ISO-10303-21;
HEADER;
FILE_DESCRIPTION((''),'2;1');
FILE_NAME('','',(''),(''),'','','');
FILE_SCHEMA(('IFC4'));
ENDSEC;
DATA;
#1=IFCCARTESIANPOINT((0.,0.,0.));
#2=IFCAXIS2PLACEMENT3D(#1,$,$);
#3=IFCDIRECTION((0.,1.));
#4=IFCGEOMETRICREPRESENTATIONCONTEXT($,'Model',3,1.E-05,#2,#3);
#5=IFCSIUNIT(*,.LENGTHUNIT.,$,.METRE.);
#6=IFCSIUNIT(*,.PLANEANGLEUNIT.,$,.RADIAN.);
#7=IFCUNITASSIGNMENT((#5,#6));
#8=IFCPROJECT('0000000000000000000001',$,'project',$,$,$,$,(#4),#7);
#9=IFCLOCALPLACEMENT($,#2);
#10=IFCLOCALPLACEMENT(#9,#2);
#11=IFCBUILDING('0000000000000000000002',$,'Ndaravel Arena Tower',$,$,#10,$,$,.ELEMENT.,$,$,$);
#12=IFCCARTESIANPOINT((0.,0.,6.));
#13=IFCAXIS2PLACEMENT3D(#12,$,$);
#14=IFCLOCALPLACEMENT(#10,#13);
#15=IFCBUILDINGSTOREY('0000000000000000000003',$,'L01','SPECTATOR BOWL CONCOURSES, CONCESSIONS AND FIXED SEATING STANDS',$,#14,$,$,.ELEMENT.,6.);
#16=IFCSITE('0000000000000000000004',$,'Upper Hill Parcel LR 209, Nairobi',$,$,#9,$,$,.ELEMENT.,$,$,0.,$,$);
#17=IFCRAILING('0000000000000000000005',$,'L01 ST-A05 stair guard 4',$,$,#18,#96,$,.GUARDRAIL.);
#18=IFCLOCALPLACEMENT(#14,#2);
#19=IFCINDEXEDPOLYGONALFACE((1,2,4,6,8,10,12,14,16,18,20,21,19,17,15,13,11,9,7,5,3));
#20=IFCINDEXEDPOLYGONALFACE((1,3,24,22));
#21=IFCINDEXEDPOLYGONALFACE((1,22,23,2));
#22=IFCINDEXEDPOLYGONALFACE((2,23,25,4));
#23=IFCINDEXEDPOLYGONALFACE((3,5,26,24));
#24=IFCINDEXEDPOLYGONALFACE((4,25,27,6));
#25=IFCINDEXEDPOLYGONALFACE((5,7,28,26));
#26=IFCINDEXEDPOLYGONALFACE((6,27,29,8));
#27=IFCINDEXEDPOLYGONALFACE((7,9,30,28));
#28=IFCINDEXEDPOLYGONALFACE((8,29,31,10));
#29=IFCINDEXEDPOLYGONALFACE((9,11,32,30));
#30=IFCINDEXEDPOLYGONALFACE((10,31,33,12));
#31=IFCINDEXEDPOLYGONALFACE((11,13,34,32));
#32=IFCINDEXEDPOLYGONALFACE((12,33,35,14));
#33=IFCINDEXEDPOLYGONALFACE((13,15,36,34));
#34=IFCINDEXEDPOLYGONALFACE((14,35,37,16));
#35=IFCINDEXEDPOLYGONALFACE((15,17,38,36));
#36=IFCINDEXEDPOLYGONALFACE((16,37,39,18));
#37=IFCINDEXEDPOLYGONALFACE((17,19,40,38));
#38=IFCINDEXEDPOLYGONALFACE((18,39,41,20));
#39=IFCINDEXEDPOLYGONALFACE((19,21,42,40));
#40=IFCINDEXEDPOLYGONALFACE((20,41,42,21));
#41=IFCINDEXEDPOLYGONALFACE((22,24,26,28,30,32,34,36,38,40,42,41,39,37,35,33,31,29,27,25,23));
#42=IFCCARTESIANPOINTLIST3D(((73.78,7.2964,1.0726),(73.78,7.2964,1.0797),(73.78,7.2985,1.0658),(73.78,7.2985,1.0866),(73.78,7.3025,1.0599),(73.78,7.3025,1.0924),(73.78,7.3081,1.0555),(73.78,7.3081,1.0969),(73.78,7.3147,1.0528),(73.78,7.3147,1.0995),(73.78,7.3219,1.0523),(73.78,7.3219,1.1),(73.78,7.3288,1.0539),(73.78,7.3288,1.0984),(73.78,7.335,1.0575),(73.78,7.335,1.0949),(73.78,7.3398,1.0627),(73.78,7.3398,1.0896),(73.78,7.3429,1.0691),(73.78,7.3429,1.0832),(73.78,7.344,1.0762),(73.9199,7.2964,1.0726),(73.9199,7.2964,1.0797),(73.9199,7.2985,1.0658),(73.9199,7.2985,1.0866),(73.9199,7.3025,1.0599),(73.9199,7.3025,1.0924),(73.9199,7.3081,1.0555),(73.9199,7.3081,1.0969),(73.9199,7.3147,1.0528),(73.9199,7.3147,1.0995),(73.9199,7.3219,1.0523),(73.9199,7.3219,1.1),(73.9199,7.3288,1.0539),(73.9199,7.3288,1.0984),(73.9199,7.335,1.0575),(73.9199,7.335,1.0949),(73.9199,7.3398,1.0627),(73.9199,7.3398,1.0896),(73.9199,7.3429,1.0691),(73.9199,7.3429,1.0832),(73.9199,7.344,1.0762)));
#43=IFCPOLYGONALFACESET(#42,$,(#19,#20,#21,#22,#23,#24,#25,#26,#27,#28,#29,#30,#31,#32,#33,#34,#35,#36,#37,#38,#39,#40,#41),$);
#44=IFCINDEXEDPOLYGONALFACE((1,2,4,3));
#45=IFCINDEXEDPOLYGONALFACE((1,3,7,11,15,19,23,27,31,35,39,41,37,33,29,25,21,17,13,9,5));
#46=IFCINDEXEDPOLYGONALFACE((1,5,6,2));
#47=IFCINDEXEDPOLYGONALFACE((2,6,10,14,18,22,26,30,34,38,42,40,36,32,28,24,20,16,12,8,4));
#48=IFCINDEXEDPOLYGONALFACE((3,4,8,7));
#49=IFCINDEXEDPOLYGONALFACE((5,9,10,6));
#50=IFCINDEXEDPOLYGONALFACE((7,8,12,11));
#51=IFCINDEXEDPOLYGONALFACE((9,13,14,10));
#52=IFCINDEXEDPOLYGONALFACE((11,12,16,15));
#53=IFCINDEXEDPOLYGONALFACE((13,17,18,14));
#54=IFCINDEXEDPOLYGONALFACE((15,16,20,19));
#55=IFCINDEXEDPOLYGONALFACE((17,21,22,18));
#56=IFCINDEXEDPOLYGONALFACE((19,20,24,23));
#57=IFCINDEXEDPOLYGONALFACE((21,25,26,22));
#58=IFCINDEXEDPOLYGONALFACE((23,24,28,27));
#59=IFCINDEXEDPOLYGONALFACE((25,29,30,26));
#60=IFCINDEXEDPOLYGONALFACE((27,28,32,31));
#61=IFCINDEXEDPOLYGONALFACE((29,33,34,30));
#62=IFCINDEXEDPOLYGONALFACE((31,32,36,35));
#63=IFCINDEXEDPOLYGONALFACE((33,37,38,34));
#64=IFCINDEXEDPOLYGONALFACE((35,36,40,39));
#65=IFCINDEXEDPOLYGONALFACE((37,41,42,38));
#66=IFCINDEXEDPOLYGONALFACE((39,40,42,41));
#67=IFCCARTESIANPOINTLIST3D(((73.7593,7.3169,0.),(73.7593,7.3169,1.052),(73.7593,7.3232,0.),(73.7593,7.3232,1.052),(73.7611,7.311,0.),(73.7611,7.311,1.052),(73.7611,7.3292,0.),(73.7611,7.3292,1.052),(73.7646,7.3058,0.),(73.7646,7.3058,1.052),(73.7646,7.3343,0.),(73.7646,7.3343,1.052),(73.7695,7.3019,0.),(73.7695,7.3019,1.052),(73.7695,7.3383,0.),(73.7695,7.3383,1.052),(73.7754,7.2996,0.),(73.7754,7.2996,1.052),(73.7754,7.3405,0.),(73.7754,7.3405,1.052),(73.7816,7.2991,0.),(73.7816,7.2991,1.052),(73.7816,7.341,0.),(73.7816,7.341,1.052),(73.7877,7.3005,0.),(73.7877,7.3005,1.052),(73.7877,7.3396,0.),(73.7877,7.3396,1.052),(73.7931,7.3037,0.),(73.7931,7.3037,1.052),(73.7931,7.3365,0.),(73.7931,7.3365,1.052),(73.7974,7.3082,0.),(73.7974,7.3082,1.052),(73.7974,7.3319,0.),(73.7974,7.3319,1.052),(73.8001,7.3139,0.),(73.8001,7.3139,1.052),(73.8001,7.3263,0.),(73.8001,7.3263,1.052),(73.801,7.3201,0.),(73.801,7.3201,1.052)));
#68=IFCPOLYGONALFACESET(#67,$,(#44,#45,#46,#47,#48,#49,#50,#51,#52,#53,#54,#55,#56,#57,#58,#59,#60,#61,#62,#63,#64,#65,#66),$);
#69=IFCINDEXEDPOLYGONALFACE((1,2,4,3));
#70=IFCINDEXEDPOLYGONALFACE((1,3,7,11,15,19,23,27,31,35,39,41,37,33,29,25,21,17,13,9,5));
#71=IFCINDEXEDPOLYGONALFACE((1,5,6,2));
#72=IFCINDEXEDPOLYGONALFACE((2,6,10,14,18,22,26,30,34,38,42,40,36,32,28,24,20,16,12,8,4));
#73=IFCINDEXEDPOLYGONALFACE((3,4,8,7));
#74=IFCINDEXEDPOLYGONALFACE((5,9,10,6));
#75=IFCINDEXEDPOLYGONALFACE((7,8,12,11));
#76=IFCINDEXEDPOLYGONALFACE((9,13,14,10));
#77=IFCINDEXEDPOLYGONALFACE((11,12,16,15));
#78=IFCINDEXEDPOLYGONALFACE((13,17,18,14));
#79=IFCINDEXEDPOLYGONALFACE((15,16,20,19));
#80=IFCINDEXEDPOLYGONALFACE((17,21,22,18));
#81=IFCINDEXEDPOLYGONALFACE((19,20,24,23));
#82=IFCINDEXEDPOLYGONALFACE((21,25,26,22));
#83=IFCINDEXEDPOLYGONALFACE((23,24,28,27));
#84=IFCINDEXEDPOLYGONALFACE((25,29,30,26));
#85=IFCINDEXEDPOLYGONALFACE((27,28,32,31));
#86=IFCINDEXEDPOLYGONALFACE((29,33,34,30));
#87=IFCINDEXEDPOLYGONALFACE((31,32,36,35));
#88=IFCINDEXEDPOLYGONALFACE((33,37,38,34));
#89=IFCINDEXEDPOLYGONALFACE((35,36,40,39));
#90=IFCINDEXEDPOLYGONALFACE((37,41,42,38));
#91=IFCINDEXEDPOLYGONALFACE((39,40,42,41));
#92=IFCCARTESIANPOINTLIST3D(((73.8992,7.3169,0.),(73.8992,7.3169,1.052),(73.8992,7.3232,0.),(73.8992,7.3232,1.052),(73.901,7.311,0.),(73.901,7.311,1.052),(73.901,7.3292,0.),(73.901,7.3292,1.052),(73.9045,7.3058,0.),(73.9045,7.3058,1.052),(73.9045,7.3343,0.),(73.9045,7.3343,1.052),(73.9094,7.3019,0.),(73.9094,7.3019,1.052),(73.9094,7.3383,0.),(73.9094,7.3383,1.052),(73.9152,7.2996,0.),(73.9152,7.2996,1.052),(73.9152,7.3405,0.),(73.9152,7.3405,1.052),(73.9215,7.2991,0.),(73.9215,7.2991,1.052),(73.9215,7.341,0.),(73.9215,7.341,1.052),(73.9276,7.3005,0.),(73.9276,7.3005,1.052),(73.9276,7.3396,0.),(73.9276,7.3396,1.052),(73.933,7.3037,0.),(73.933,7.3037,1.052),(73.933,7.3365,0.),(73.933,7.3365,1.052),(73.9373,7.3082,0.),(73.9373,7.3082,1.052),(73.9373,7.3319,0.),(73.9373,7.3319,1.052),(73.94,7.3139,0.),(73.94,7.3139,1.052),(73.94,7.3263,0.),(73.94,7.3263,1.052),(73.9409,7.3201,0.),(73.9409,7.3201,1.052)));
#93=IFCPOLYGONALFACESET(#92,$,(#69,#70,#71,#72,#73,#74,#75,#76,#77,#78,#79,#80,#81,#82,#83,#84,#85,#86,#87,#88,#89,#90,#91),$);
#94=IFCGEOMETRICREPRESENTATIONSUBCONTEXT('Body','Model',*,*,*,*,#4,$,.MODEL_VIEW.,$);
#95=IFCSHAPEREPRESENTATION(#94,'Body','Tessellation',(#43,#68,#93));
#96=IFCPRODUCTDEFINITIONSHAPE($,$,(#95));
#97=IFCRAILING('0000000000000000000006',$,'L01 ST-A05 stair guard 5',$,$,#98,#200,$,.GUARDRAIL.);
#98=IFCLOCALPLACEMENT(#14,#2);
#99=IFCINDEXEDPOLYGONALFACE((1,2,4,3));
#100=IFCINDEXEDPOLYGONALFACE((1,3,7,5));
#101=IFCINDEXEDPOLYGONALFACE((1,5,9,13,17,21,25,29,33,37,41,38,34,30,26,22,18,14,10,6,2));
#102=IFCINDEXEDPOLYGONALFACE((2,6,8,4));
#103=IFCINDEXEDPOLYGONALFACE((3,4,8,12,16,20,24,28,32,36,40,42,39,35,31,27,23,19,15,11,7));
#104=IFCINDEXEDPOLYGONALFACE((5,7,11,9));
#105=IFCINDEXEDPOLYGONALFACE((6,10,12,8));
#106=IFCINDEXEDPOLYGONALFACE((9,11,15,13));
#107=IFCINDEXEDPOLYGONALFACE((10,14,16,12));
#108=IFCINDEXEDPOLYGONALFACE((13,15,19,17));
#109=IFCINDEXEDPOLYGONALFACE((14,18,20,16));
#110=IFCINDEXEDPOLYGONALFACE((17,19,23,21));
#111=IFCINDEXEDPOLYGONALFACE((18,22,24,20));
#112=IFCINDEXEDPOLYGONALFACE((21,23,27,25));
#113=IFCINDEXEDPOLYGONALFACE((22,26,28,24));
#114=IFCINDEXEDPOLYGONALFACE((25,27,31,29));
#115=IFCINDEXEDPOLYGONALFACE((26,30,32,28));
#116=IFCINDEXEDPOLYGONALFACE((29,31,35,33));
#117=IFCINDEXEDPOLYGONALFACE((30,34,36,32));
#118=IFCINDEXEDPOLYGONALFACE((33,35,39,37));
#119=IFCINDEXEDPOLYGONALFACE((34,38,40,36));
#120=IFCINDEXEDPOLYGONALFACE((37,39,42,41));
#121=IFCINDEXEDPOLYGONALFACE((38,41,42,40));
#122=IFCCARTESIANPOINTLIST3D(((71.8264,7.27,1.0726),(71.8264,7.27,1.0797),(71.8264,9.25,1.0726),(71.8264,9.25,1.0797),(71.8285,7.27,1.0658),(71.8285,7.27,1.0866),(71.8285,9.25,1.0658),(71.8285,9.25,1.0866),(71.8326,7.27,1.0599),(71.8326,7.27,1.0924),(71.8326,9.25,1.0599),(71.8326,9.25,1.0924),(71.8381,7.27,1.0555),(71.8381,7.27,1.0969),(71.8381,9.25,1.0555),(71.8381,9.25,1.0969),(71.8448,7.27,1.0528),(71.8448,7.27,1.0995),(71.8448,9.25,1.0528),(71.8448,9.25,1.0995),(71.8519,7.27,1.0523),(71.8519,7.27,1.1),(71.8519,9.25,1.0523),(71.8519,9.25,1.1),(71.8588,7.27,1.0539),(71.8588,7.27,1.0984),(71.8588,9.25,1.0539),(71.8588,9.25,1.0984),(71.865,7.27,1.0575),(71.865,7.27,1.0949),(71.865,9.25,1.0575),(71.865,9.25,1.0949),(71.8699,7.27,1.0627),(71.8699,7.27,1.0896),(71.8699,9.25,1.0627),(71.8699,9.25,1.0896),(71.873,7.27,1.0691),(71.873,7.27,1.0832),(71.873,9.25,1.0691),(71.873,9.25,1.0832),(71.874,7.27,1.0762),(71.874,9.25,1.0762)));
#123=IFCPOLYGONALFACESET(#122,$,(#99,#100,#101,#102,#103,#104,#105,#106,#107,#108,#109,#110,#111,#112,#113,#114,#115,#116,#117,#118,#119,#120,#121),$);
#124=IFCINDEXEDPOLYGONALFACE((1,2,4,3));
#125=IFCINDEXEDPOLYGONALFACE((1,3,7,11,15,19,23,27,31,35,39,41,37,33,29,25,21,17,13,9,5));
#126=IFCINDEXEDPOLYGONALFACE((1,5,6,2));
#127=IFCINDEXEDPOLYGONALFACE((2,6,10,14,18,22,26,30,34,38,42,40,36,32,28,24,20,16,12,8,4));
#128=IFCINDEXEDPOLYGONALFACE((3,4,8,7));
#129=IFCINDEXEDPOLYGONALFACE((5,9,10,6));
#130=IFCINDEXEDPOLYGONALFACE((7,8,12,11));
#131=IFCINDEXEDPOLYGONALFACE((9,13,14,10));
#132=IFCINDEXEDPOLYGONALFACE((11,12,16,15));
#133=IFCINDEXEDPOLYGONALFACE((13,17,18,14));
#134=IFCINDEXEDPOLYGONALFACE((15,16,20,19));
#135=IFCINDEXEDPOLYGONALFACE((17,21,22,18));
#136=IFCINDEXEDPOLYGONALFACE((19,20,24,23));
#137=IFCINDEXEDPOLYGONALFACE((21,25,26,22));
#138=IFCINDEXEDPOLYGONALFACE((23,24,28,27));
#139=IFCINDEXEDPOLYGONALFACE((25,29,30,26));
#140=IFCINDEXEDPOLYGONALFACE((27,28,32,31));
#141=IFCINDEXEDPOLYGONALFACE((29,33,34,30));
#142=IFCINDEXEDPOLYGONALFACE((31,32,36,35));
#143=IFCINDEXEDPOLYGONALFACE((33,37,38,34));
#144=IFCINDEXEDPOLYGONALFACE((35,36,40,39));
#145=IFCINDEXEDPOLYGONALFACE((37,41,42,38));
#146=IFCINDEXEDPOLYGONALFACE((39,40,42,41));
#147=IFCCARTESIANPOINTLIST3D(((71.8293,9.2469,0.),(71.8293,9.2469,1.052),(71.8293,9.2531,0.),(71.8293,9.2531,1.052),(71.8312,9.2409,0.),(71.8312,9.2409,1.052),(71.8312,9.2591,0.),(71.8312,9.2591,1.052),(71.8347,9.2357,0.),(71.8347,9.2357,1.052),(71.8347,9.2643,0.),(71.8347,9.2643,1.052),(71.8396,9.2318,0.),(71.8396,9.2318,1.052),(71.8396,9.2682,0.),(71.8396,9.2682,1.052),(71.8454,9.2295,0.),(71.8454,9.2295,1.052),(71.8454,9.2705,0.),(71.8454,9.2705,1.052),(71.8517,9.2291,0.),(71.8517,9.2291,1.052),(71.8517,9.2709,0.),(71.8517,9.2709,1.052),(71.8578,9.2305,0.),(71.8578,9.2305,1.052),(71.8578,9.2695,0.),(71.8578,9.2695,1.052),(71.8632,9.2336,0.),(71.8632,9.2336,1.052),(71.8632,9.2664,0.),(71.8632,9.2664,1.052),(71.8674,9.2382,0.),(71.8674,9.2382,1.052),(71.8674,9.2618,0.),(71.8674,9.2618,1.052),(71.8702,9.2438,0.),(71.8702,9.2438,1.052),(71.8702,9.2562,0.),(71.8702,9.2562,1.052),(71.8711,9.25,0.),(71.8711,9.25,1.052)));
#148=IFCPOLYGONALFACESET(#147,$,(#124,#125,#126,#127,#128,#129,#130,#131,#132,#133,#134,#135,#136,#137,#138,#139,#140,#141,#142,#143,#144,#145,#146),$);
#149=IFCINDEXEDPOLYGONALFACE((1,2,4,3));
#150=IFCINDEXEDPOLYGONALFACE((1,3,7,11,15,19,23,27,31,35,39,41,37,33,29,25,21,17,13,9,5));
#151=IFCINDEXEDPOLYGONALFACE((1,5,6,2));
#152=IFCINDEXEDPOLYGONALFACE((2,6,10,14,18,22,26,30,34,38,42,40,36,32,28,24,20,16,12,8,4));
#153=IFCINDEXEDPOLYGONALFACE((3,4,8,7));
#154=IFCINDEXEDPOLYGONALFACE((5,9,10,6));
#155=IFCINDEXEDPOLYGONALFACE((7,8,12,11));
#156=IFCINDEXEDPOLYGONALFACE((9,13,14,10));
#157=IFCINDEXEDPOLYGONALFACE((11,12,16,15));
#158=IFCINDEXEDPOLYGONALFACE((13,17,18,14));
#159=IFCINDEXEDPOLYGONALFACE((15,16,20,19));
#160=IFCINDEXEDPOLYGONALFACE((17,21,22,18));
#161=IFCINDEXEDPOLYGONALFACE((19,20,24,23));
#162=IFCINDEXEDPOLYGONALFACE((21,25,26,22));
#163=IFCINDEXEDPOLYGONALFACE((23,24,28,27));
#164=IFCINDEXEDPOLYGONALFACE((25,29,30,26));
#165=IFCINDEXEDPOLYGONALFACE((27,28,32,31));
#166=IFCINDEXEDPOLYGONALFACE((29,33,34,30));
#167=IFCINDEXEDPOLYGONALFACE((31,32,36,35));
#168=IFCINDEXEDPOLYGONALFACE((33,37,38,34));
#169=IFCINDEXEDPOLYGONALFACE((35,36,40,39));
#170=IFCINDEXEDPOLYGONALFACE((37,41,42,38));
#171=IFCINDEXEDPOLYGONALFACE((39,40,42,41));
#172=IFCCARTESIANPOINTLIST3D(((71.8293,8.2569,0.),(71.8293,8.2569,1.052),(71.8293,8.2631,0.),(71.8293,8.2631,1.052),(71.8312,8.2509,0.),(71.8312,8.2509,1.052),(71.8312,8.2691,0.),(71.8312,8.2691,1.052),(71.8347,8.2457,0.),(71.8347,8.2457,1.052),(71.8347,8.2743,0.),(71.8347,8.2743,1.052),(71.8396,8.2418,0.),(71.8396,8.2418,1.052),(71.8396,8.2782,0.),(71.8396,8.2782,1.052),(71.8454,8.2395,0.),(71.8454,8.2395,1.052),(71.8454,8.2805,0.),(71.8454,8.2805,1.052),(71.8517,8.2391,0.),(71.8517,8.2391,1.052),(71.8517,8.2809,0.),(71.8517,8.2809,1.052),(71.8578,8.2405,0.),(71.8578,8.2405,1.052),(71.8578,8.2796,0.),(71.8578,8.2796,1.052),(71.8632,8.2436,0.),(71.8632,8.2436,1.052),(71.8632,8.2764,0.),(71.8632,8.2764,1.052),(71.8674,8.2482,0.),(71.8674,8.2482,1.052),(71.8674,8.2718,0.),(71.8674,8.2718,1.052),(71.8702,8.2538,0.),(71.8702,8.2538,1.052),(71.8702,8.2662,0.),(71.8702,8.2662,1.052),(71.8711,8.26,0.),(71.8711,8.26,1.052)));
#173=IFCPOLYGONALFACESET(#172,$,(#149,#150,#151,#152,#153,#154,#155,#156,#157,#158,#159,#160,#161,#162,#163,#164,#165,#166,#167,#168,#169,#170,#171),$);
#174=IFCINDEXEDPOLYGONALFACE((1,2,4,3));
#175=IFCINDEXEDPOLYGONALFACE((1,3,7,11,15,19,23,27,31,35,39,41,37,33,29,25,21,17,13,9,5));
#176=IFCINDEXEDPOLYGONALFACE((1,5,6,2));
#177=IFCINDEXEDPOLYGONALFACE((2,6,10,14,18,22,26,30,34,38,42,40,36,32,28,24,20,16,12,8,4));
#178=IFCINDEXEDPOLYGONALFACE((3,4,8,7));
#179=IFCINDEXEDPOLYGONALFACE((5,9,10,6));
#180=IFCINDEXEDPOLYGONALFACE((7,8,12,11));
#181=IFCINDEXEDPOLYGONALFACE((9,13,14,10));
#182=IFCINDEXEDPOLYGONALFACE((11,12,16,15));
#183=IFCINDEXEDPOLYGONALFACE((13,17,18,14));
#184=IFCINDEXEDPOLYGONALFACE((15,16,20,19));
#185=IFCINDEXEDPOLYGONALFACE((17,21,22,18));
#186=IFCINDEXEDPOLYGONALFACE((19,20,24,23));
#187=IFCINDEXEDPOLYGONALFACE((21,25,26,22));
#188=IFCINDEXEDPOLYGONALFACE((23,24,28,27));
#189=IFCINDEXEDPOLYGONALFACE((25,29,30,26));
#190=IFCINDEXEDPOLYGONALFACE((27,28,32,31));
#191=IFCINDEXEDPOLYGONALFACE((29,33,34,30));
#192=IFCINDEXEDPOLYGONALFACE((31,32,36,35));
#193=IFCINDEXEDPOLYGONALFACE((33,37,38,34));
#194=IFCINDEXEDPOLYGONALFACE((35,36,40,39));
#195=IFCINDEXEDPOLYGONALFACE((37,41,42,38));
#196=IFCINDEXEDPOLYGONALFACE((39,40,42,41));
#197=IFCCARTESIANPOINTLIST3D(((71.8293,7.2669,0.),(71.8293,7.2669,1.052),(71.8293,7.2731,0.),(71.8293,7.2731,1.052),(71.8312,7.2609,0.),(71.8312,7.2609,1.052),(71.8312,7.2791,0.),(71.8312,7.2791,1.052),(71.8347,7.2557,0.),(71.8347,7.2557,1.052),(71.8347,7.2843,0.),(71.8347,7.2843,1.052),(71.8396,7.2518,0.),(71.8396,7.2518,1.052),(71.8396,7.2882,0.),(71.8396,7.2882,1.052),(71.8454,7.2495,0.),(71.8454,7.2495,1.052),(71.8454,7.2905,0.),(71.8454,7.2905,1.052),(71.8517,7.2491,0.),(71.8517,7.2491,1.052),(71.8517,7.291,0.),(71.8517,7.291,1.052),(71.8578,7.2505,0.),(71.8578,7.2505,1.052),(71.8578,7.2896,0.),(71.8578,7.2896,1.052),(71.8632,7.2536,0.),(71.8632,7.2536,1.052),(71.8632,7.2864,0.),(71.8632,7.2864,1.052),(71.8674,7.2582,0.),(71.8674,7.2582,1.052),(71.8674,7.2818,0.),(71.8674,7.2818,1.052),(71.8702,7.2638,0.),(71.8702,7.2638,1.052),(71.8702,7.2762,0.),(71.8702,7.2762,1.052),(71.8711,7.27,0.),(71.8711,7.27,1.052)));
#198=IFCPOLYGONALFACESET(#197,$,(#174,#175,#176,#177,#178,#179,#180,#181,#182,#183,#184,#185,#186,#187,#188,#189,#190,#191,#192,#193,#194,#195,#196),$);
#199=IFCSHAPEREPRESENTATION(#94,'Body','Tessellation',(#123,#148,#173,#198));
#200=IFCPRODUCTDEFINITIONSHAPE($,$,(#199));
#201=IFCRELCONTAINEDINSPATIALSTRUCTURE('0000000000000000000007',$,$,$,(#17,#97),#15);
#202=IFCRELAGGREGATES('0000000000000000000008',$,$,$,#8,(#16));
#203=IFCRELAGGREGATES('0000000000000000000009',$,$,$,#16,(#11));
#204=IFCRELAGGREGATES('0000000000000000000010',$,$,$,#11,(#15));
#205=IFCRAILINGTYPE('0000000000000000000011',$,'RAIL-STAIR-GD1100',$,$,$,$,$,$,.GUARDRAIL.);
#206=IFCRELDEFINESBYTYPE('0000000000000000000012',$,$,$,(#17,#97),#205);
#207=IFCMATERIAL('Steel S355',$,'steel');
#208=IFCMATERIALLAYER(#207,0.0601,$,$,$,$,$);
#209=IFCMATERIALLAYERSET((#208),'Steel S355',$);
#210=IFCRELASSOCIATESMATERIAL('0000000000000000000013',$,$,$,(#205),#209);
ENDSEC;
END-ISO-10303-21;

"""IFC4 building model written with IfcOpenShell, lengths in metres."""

from ifc_helpers import new_model, si_unit, direction, frame, origin, origin_2d, place, context, subcontext, project, spatial, circle, extrude, material, layer, layer_set, type_object, element, save


model = new_model("IFC4")

# Units and contexts
model_context = context("Model", 3, precision=1e-05, world=origin(), true_north=direction((0.0, 1.0)))
body_context = subcontext(model_context, "Body", "Model", "MODEL_VIEW")
ifc_project = project(units=[si_unit("LENGTHUNIT", "METRE"), si_unit("PLANEANGLEUNIT", "RADIAN")], contexts=[model_context])

# Site, building, storey
site_placement = place(None, origin())
site = spatial("IfcSite", under=ifc_project, at=site_placement, Name="Upper Hill Parcel LR 209, Nairobi", CompositionType="ELEMENT", RefElevation=0.0)
building_placement = place(site_placement, origin())
building = spatial("IfcBuilding", under=site, at=building_placement, Name="Ndaravel Arena Tower", CompositionType="ELEMENT")
storey_placement = place(building_placement, frame((0.0, 0.0, 6.0)))
storey = spatial("IfcBuildingStorey", under=building, at=storey_placement, Name="L01", Description="SPECTATOR BOWL CONCOURSES, CONCESSIONS AND FIXED SEATING STANDS", CompositionType="ELEMENT", Elevation=6.0)

# Railings
ifc_material_1 = material(Name="Steel S355", Category="steel")
ifc_layer_1 = layer(ifc_material_1, 0.0601)
ifc_layer_set_1 = layer_set([ifc_layer_1], Name="Steel S355")
railing_type = type_object("IfcRailingType", Name="RAIL-STAIR-GD1100", PredefinedType="GUARDRAIL", material=ifc_layer_set_1)
railing_1_placement = place(storey_placement, frame((73.78, 7.3201, 0.0)))
element("IfcRailing", 1, at=railing_1_placement, inside=storey, type_object=railing_type, Name="L01 ST-A05 stair guard 4", PredefinedType="GUARDRAIL", context=body_context, shape_type="SweptSolid", body=[
    extrude(circle(Radius=0.0239, at=origin_2d()), frame((0.0, 0.0, 1.0762), z_axis=(1.0, 0.0, 0.0), x_axis=(0.0, 1.0, 0.0)), (0.0, 0.0, 1.0), 0.1399),
    extrude(circle(Radius=0.021, at=origin_2d()), origin(), (0.0, 0.0, 1.0), 1.052),
    extrude(circle(Radius=0.021, at=origin_2d()), frame((0.1399, 0.0, 0.0)), (0.0, 0.0, 1.0), 1.052),
])
for number, where, name in (
    (2, (71.8501, 9.25, 0.0), "L01 ST-A05 stair guard 5"),
):
    element("IfcRailing", number, at=place(storey_placement, frame(where)), inside=storey, type_object=railing_type, Name=name, PredefinedType="GUARDRAIL", context=body_context, shape_type="SweptSolid", body=[
        extrude(circle(Radius=0.0239, at=origin_2d()), frame((0.0, 0.0, 1.0762), z_axis=(0.0, -1.0, 0.0), x_axis=(1.0, 0.0, 0.0)), (0.0, 0.0, 1.0), 1.98),
        extrude(circle(Radius=0.021, at=origin_2d()), origin(), (0.0, 0.0, 1.0), 1.052),
        extrude(circle(Radius=0.021, at=origin_2d()), frame((0.0, -0.99, 0.0)), (0.0, 0.0, 1.0), 1.052),
        extrude(circle(Radius=0.021, at=origin_2d()), frame((0.0, -1.98, 0.0)), (0.0, 0.0, 1.0), 1.052),
    ])

save(model, "model.ifc")
